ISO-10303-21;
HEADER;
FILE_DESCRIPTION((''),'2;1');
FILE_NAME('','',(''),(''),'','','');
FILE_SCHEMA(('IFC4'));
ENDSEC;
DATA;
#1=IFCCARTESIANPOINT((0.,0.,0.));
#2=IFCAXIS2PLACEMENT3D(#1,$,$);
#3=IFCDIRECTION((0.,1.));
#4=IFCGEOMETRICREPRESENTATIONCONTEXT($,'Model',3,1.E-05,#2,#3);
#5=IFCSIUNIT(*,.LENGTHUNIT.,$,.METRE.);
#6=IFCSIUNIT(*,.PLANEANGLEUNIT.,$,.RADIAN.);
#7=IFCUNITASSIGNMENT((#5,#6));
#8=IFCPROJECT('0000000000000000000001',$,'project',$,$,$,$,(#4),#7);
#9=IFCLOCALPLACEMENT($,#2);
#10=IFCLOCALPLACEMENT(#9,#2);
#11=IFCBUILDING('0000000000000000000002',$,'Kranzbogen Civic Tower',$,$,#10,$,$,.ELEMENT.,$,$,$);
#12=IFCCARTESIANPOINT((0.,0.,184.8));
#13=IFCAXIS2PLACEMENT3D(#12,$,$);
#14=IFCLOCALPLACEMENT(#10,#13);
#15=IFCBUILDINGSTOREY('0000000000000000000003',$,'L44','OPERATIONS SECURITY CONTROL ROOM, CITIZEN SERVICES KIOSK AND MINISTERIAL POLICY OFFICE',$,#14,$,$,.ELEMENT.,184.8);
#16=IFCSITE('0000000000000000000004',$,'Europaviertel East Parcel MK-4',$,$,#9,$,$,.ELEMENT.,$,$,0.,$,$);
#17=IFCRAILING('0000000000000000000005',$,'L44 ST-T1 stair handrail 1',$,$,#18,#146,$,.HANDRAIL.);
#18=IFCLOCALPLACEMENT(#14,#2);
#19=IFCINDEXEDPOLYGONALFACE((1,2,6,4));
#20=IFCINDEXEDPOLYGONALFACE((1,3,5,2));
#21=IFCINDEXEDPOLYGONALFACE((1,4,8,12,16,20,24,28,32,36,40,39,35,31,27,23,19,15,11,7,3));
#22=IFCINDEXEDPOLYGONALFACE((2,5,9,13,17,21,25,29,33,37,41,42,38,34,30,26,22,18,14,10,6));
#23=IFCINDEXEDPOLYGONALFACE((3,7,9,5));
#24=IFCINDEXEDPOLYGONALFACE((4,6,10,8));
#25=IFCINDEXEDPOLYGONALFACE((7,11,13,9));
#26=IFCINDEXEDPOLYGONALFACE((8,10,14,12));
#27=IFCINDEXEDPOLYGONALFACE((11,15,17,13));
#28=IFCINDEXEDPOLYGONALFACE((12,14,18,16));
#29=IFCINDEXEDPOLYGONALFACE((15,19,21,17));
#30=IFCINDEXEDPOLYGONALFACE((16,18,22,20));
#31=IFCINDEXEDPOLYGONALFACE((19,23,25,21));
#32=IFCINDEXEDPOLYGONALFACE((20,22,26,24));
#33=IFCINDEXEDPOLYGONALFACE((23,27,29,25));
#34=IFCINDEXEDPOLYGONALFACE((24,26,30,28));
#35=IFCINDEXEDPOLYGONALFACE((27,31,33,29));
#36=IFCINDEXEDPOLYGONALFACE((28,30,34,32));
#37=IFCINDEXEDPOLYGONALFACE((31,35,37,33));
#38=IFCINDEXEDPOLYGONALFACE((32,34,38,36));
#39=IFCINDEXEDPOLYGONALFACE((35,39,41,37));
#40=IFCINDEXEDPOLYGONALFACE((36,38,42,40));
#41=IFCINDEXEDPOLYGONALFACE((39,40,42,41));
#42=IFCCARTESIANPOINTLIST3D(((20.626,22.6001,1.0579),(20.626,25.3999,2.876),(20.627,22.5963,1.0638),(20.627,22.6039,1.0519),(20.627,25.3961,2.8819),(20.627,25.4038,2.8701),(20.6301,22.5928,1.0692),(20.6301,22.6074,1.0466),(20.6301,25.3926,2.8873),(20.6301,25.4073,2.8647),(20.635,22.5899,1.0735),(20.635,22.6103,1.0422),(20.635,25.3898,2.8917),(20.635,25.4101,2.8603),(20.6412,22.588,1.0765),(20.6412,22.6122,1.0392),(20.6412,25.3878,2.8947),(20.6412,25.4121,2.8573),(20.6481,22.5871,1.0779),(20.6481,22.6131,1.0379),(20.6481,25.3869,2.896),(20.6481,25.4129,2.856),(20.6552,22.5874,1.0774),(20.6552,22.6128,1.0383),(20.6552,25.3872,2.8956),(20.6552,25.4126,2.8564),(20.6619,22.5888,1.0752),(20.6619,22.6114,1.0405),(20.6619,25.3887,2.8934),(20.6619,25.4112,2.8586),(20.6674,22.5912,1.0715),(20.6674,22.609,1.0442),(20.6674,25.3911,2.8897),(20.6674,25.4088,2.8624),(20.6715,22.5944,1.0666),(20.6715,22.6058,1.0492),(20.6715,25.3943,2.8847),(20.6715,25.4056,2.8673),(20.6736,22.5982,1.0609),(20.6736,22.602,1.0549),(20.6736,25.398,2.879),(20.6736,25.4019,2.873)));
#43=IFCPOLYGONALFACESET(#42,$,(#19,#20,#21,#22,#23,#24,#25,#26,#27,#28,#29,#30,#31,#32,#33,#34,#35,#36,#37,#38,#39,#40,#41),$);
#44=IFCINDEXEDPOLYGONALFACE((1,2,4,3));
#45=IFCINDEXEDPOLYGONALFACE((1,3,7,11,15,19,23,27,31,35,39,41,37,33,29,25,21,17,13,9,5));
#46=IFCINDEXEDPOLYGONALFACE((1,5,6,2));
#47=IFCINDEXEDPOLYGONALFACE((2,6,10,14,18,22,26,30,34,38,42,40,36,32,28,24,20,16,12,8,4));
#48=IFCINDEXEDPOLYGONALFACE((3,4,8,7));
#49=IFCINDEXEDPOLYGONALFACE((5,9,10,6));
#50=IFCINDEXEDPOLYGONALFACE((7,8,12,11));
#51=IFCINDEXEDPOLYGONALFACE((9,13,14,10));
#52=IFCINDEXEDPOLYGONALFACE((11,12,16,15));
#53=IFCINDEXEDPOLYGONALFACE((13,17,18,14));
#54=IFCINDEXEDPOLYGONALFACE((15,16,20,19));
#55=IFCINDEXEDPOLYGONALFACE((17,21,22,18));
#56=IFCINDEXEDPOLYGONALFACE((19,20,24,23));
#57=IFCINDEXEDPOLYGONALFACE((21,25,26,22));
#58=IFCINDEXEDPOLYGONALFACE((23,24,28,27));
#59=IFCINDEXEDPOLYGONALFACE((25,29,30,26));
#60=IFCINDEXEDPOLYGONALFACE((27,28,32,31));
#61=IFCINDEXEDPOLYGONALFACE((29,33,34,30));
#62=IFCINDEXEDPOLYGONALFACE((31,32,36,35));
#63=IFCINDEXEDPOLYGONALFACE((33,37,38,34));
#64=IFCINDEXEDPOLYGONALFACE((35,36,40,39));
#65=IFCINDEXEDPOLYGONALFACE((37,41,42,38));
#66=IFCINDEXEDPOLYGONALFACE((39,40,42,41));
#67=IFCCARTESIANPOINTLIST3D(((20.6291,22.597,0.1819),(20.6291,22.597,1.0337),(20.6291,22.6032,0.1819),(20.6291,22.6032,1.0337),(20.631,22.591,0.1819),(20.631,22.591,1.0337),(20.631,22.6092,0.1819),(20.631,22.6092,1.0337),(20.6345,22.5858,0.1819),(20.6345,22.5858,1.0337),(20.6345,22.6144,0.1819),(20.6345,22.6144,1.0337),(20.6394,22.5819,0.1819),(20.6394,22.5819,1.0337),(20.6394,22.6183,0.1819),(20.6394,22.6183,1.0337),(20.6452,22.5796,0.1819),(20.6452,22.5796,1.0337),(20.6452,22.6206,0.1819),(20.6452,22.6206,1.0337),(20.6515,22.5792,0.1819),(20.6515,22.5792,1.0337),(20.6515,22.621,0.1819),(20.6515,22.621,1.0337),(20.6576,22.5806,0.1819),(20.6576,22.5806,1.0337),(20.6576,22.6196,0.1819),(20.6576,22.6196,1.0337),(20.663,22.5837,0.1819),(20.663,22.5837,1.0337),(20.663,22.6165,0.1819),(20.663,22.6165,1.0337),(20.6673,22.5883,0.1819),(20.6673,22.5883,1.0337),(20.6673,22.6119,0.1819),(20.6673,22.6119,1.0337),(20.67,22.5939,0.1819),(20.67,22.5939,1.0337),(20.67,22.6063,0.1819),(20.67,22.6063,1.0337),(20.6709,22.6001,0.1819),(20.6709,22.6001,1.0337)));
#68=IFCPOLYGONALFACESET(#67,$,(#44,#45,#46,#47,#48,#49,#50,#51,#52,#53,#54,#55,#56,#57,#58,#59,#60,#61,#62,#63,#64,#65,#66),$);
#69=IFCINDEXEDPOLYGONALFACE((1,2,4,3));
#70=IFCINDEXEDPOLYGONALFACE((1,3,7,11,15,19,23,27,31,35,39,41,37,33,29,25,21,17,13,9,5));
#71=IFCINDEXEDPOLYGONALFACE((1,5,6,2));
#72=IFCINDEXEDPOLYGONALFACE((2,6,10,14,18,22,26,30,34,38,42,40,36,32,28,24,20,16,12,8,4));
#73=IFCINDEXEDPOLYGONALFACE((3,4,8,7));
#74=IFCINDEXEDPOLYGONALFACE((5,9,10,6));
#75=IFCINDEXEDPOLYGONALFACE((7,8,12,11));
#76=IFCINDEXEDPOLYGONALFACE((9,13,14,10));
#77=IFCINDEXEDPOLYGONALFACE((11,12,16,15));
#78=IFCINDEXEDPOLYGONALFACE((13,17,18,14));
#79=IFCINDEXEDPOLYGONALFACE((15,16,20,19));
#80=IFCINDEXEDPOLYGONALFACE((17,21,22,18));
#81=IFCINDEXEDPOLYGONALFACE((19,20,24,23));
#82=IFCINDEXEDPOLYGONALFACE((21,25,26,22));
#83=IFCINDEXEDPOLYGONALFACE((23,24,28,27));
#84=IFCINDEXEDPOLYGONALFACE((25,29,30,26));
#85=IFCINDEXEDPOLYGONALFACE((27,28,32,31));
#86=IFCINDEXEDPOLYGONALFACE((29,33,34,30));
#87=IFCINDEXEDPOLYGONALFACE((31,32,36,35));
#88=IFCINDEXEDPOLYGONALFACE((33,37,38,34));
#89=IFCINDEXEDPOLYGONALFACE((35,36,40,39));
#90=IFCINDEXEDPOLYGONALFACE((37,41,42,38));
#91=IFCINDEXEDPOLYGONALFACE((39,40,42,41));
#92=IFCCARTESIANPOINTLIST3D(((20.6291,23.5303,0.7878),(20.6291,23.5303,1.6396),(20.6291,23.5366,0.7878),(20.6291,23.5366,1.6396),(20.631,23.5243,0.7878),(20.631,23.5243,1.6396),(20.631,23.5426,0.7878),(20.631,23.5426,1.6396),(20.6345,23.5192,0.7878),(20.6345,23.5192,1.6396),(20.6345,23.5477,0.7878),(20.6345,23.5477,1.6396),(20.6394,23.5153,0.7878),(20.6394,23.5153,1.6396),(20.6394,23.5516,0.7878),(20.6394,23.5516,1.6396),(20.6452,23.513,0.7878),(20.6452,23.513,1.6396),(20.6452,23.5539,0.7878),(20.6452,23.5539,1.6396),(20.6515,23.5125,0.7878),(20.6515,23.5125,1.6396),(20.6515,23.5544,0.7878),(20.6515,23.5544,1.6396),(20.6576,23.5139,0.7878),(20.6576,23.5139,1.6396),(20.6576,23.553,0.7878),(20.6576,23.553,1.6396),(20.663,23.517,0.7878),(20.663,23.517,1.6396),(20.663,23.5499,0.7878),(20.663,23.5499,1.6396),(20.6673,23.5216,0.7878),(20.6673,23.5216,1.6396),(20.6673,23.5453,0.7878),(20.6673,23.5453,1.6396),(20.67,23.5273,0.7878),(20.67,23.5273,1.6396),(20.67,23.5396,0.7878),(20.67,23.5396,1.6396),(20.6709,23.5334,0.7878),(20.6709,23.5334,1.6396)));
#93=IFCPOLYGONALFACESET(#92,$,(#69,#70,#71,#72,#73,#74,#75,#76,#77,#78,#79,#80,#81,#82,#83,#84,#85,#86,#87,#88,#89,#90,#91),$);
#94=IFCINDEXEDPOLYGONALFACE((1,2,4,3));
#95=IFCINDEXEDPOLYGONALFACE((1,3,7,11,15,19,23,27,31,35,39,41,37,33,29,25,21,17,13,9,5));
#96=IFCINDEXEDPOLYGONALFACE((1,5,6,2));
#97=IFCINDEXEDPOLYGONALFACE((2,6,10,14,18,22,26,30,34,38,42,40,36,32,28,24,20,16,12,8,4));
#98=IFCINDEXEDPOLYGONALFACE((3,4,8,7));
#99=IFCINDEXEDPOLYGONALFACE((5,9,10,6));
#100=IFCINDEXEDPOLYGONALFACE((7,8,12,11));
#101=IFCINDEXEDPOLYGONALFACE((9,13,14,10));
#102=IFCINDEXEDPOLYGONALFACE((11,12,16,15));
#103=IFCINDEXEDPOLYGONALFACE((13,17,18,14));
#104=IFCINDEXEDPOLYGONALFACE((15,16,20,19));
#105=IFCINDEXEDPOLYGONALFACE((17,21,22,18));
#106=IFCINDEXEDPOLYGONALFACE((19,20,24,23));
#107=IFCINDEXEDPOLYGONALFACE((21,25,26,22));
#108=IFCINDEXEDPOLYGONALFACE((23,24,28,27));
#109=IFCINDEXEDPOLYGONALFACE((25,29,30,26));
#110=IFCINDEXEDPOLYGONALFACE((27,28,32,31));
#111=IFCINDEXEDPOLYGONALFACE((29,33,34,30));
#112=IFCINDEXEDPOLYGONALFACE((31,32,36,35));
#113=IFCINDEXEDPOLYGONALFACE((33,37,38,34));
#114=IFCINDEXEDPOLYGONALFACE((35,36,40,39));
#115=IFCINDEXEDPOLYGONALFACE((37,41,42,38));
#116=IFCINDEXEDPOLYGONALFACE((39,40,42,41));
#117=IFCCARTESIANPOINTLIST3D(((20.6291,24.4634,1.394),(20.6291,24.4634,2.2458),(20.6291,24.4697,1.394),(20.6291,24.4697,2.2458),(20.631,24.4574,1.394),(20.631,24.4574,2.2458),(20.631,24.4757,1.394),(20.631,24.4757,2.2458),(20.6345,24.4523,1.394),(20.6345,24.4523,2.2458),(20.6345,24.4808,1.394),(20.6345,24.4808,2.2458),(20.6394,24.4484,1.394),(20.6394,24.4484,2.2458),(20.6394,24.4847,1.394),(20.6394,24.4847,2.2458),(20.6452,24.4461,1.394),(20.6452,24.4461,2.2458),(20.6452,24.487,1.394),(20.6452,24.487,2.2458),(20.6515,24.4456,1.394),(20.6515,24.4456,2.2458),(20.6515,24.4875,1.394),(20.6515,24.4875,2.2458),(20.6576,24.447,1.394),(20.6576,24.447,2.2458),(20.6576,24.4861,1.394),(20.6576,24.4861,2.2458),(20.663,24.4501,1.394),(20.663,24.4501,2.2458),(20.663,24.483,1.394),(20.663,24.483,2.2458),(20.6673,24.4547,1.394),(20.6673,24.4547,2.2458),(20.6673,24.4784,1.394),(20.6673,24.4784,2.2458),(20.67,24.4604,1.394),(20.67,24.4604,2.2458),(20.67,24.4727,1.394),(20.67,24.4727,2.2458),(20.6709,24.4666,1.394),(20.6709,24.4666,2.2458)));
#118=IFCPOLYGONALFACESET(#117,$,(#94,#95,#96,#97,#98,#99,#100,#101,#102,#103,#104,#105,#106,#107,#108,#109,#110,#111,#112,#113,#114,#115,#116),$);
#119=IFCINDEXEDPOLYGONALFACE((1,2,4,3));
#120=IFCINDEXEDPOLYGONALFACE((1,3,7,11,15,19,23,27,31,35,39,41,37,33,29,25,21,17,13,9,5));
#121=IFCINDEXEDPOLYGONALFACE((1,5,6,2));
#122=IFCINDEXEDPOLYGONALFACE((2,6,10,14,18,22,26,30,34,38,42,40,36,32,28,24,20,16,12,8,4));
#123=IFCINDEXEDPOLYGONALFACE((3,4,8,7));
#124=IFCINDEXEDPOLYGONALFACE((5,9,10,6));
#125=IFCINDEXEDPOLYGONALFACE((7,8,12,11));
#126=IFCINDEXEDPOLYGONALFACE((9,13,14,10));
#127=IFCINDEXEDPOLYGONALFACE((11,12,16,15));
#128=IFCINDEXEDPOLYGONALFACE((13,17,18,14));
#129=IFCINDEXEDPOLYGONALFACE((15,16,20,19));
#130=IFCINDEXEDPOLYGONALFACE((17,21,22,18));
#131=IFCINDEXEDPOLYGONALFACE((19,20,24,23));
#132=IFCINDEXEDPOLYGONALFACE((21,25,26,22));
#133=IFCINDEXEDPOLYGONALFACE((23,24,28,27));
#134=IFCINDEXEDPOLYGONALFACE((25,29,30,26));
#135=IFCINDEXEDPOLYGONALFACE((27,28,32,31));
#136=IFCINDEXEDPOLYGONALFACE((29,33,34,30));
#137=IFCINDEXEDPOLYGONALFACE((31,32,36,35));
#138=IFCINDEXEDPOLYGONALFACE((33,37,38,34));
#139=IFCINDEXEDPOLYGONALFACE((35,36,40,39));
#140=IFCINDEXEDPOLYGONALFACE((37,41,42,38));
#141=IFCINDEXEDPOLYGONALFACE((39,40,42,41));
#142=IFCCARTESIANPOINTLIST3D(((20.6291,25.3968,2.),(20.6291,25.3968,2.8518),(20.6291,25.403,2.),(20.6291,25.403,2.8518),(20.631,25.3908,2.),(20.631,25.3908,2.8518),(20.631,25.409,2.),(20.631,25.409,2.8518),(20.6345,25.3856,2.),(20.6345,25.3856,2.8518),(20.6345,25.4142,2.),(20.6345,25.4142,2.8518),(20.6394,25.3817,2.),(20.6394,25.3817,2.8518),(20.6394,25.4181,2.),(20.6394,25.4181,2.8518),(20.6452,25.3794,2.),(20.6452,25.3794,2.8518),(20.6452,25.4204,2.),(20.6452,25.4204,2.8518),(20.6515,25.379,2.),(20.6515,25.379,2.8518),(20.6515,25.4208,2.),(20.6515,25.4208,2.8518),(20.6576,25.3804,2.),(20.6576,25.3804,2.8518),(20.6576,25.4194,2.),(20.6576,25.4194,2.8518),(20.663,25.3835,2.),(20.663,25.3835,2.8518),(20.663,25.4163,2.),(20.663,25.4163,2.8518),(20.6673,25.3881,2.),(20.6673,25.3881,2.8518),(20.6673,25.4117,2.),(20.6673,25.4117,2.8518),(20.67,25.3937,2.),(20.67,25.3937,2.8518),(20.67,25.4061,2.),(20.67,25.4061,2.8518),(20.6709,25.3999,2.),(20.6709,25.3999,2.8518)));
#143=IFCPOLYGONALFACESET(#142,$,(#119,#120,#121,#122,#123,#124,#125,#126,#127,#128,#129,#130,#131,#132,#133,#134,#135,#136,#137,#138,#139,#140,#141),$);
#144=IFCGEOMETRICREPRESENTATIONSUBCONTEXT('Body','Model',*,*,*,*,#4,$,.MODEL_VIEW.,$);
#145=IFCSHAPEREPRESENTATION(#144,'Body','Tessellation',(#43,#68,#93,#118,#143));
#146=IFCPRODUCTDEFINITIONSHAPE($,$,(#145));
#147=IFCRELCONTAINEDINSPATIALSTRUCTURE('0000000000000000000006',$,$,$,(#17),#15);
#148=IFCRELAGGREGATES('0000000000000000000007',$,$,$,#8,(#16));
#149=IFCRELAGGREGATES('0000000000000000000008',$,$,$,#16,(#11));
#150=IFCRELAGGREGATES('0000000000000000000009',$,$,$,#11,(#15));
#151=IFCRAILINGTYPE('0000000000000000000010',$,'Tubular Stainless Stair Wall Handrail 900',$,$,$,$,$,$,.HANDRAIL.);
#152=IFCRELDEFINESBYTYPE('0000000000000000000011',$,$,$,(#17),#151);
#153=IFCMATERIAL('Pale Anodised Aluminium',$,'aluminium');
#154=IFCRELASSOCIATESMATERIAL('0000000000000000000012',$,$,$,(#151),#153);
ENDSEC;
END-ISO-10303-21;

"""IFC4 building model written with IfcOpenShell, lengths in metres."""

from ifc_helpers import new_model, si_unit, direction, frame, origin, origin_2d, place, context, subcontext, project, spatial, circle, extrude, material, type_object, element, save


model = new_model("IFC4")

# Units and contexts
model_context = context("Model", 3, precision=1e-05, world=origin(), true_north=direction((0.0, 1.0)))
body_context = subcontext(model_context, "Body", "Model", "MODEL_VIEW")
ifc_project = project(units=[si_unit("LENGTHUNIT", "METRE"), si_unit("PLANEANGLEUNIT", "RADIAN")], contexts=[model_context])

# Site, building, storey
site_placement = place(None, origin())
site = spatial("IfcSite", under=ifc_project, at=site_placement, Name="Europaviertel East Parcel MK-4", CompositionType="ELEMENT", RefElevation=0.0)
building_placement = place(site_placement, origin())
building = spatial("IfcBuilding", under=site, at=building_placement, Name="Kranzbogen Civic Tower", CompositionType="ELEMENT")
storey_placement = place(building_placement, frame((0.0, 0.0, 184.8)))
storey = spatial("IfcBuildingStorey", under=building, at=storey_placement, Name="L44", Description="OPERATIONS SECURITY CONTROL ROOM, CITIZEN SERVICES KIOSK AND MINISTERIAL POLICY OFFICE", CompositionType="ELEMENT", Elevation=184.8)

# Shared definitions
ifc_material_1 = material(Name="Pale Anodised Aluminium", Category="aluminium")

# Railing
railing_type_1 = type_object("IfcRailingType", Name="Tubular Stainless Stair Wall Handrail 900", PredefinedType="HANDRAIL", material=ifc_material_1)
railing_1_placement = place(storey_placement, frame((20.6499, 22.6001, 0.1819)))
element("IfcRailing", 1, at=railing_1_placement, inside=storey, type_object=railing_type_1, Name="L44 ST-T1 stair handrail 1", PredefinedType="HANDRAIL", context=body_context, shape_type="SweptSolid", body=[
    extrude(circle(Radius=0.0239, at=origin_2d()), frame((0.0, 0.0, 0.876), z_axis=(0.0, 0.838684, 0.544618), x_axis=(-1.0, 0.0, 0.0)), (0.0, 0.0, 1.0), 3.3384),
    extrude(circle(Radius=0.021, at=origin_2d()), origin(), (0.0, 0.0, 1.0), 0.8518),
    extrude(circle(Radius=0.021, at=origin_2d()), frame((0.0, 0.9333, 0.606)), (0.0, 0.0, 1.0), 0.8518),
    extrude(circle(Radius=0.021, at=origin_2d()), frame((0.0, 1.8665, 1.2122)), (0.0, 0.0, 1.0), 0.8518),
    extrude(circle(Radius=0.021, at=origin_2d()), frame((0.0, 2.7998, 1.8181)), (0.0, 0.0, 1.0), 0.8518),
])

save(model, "model.ifc")
